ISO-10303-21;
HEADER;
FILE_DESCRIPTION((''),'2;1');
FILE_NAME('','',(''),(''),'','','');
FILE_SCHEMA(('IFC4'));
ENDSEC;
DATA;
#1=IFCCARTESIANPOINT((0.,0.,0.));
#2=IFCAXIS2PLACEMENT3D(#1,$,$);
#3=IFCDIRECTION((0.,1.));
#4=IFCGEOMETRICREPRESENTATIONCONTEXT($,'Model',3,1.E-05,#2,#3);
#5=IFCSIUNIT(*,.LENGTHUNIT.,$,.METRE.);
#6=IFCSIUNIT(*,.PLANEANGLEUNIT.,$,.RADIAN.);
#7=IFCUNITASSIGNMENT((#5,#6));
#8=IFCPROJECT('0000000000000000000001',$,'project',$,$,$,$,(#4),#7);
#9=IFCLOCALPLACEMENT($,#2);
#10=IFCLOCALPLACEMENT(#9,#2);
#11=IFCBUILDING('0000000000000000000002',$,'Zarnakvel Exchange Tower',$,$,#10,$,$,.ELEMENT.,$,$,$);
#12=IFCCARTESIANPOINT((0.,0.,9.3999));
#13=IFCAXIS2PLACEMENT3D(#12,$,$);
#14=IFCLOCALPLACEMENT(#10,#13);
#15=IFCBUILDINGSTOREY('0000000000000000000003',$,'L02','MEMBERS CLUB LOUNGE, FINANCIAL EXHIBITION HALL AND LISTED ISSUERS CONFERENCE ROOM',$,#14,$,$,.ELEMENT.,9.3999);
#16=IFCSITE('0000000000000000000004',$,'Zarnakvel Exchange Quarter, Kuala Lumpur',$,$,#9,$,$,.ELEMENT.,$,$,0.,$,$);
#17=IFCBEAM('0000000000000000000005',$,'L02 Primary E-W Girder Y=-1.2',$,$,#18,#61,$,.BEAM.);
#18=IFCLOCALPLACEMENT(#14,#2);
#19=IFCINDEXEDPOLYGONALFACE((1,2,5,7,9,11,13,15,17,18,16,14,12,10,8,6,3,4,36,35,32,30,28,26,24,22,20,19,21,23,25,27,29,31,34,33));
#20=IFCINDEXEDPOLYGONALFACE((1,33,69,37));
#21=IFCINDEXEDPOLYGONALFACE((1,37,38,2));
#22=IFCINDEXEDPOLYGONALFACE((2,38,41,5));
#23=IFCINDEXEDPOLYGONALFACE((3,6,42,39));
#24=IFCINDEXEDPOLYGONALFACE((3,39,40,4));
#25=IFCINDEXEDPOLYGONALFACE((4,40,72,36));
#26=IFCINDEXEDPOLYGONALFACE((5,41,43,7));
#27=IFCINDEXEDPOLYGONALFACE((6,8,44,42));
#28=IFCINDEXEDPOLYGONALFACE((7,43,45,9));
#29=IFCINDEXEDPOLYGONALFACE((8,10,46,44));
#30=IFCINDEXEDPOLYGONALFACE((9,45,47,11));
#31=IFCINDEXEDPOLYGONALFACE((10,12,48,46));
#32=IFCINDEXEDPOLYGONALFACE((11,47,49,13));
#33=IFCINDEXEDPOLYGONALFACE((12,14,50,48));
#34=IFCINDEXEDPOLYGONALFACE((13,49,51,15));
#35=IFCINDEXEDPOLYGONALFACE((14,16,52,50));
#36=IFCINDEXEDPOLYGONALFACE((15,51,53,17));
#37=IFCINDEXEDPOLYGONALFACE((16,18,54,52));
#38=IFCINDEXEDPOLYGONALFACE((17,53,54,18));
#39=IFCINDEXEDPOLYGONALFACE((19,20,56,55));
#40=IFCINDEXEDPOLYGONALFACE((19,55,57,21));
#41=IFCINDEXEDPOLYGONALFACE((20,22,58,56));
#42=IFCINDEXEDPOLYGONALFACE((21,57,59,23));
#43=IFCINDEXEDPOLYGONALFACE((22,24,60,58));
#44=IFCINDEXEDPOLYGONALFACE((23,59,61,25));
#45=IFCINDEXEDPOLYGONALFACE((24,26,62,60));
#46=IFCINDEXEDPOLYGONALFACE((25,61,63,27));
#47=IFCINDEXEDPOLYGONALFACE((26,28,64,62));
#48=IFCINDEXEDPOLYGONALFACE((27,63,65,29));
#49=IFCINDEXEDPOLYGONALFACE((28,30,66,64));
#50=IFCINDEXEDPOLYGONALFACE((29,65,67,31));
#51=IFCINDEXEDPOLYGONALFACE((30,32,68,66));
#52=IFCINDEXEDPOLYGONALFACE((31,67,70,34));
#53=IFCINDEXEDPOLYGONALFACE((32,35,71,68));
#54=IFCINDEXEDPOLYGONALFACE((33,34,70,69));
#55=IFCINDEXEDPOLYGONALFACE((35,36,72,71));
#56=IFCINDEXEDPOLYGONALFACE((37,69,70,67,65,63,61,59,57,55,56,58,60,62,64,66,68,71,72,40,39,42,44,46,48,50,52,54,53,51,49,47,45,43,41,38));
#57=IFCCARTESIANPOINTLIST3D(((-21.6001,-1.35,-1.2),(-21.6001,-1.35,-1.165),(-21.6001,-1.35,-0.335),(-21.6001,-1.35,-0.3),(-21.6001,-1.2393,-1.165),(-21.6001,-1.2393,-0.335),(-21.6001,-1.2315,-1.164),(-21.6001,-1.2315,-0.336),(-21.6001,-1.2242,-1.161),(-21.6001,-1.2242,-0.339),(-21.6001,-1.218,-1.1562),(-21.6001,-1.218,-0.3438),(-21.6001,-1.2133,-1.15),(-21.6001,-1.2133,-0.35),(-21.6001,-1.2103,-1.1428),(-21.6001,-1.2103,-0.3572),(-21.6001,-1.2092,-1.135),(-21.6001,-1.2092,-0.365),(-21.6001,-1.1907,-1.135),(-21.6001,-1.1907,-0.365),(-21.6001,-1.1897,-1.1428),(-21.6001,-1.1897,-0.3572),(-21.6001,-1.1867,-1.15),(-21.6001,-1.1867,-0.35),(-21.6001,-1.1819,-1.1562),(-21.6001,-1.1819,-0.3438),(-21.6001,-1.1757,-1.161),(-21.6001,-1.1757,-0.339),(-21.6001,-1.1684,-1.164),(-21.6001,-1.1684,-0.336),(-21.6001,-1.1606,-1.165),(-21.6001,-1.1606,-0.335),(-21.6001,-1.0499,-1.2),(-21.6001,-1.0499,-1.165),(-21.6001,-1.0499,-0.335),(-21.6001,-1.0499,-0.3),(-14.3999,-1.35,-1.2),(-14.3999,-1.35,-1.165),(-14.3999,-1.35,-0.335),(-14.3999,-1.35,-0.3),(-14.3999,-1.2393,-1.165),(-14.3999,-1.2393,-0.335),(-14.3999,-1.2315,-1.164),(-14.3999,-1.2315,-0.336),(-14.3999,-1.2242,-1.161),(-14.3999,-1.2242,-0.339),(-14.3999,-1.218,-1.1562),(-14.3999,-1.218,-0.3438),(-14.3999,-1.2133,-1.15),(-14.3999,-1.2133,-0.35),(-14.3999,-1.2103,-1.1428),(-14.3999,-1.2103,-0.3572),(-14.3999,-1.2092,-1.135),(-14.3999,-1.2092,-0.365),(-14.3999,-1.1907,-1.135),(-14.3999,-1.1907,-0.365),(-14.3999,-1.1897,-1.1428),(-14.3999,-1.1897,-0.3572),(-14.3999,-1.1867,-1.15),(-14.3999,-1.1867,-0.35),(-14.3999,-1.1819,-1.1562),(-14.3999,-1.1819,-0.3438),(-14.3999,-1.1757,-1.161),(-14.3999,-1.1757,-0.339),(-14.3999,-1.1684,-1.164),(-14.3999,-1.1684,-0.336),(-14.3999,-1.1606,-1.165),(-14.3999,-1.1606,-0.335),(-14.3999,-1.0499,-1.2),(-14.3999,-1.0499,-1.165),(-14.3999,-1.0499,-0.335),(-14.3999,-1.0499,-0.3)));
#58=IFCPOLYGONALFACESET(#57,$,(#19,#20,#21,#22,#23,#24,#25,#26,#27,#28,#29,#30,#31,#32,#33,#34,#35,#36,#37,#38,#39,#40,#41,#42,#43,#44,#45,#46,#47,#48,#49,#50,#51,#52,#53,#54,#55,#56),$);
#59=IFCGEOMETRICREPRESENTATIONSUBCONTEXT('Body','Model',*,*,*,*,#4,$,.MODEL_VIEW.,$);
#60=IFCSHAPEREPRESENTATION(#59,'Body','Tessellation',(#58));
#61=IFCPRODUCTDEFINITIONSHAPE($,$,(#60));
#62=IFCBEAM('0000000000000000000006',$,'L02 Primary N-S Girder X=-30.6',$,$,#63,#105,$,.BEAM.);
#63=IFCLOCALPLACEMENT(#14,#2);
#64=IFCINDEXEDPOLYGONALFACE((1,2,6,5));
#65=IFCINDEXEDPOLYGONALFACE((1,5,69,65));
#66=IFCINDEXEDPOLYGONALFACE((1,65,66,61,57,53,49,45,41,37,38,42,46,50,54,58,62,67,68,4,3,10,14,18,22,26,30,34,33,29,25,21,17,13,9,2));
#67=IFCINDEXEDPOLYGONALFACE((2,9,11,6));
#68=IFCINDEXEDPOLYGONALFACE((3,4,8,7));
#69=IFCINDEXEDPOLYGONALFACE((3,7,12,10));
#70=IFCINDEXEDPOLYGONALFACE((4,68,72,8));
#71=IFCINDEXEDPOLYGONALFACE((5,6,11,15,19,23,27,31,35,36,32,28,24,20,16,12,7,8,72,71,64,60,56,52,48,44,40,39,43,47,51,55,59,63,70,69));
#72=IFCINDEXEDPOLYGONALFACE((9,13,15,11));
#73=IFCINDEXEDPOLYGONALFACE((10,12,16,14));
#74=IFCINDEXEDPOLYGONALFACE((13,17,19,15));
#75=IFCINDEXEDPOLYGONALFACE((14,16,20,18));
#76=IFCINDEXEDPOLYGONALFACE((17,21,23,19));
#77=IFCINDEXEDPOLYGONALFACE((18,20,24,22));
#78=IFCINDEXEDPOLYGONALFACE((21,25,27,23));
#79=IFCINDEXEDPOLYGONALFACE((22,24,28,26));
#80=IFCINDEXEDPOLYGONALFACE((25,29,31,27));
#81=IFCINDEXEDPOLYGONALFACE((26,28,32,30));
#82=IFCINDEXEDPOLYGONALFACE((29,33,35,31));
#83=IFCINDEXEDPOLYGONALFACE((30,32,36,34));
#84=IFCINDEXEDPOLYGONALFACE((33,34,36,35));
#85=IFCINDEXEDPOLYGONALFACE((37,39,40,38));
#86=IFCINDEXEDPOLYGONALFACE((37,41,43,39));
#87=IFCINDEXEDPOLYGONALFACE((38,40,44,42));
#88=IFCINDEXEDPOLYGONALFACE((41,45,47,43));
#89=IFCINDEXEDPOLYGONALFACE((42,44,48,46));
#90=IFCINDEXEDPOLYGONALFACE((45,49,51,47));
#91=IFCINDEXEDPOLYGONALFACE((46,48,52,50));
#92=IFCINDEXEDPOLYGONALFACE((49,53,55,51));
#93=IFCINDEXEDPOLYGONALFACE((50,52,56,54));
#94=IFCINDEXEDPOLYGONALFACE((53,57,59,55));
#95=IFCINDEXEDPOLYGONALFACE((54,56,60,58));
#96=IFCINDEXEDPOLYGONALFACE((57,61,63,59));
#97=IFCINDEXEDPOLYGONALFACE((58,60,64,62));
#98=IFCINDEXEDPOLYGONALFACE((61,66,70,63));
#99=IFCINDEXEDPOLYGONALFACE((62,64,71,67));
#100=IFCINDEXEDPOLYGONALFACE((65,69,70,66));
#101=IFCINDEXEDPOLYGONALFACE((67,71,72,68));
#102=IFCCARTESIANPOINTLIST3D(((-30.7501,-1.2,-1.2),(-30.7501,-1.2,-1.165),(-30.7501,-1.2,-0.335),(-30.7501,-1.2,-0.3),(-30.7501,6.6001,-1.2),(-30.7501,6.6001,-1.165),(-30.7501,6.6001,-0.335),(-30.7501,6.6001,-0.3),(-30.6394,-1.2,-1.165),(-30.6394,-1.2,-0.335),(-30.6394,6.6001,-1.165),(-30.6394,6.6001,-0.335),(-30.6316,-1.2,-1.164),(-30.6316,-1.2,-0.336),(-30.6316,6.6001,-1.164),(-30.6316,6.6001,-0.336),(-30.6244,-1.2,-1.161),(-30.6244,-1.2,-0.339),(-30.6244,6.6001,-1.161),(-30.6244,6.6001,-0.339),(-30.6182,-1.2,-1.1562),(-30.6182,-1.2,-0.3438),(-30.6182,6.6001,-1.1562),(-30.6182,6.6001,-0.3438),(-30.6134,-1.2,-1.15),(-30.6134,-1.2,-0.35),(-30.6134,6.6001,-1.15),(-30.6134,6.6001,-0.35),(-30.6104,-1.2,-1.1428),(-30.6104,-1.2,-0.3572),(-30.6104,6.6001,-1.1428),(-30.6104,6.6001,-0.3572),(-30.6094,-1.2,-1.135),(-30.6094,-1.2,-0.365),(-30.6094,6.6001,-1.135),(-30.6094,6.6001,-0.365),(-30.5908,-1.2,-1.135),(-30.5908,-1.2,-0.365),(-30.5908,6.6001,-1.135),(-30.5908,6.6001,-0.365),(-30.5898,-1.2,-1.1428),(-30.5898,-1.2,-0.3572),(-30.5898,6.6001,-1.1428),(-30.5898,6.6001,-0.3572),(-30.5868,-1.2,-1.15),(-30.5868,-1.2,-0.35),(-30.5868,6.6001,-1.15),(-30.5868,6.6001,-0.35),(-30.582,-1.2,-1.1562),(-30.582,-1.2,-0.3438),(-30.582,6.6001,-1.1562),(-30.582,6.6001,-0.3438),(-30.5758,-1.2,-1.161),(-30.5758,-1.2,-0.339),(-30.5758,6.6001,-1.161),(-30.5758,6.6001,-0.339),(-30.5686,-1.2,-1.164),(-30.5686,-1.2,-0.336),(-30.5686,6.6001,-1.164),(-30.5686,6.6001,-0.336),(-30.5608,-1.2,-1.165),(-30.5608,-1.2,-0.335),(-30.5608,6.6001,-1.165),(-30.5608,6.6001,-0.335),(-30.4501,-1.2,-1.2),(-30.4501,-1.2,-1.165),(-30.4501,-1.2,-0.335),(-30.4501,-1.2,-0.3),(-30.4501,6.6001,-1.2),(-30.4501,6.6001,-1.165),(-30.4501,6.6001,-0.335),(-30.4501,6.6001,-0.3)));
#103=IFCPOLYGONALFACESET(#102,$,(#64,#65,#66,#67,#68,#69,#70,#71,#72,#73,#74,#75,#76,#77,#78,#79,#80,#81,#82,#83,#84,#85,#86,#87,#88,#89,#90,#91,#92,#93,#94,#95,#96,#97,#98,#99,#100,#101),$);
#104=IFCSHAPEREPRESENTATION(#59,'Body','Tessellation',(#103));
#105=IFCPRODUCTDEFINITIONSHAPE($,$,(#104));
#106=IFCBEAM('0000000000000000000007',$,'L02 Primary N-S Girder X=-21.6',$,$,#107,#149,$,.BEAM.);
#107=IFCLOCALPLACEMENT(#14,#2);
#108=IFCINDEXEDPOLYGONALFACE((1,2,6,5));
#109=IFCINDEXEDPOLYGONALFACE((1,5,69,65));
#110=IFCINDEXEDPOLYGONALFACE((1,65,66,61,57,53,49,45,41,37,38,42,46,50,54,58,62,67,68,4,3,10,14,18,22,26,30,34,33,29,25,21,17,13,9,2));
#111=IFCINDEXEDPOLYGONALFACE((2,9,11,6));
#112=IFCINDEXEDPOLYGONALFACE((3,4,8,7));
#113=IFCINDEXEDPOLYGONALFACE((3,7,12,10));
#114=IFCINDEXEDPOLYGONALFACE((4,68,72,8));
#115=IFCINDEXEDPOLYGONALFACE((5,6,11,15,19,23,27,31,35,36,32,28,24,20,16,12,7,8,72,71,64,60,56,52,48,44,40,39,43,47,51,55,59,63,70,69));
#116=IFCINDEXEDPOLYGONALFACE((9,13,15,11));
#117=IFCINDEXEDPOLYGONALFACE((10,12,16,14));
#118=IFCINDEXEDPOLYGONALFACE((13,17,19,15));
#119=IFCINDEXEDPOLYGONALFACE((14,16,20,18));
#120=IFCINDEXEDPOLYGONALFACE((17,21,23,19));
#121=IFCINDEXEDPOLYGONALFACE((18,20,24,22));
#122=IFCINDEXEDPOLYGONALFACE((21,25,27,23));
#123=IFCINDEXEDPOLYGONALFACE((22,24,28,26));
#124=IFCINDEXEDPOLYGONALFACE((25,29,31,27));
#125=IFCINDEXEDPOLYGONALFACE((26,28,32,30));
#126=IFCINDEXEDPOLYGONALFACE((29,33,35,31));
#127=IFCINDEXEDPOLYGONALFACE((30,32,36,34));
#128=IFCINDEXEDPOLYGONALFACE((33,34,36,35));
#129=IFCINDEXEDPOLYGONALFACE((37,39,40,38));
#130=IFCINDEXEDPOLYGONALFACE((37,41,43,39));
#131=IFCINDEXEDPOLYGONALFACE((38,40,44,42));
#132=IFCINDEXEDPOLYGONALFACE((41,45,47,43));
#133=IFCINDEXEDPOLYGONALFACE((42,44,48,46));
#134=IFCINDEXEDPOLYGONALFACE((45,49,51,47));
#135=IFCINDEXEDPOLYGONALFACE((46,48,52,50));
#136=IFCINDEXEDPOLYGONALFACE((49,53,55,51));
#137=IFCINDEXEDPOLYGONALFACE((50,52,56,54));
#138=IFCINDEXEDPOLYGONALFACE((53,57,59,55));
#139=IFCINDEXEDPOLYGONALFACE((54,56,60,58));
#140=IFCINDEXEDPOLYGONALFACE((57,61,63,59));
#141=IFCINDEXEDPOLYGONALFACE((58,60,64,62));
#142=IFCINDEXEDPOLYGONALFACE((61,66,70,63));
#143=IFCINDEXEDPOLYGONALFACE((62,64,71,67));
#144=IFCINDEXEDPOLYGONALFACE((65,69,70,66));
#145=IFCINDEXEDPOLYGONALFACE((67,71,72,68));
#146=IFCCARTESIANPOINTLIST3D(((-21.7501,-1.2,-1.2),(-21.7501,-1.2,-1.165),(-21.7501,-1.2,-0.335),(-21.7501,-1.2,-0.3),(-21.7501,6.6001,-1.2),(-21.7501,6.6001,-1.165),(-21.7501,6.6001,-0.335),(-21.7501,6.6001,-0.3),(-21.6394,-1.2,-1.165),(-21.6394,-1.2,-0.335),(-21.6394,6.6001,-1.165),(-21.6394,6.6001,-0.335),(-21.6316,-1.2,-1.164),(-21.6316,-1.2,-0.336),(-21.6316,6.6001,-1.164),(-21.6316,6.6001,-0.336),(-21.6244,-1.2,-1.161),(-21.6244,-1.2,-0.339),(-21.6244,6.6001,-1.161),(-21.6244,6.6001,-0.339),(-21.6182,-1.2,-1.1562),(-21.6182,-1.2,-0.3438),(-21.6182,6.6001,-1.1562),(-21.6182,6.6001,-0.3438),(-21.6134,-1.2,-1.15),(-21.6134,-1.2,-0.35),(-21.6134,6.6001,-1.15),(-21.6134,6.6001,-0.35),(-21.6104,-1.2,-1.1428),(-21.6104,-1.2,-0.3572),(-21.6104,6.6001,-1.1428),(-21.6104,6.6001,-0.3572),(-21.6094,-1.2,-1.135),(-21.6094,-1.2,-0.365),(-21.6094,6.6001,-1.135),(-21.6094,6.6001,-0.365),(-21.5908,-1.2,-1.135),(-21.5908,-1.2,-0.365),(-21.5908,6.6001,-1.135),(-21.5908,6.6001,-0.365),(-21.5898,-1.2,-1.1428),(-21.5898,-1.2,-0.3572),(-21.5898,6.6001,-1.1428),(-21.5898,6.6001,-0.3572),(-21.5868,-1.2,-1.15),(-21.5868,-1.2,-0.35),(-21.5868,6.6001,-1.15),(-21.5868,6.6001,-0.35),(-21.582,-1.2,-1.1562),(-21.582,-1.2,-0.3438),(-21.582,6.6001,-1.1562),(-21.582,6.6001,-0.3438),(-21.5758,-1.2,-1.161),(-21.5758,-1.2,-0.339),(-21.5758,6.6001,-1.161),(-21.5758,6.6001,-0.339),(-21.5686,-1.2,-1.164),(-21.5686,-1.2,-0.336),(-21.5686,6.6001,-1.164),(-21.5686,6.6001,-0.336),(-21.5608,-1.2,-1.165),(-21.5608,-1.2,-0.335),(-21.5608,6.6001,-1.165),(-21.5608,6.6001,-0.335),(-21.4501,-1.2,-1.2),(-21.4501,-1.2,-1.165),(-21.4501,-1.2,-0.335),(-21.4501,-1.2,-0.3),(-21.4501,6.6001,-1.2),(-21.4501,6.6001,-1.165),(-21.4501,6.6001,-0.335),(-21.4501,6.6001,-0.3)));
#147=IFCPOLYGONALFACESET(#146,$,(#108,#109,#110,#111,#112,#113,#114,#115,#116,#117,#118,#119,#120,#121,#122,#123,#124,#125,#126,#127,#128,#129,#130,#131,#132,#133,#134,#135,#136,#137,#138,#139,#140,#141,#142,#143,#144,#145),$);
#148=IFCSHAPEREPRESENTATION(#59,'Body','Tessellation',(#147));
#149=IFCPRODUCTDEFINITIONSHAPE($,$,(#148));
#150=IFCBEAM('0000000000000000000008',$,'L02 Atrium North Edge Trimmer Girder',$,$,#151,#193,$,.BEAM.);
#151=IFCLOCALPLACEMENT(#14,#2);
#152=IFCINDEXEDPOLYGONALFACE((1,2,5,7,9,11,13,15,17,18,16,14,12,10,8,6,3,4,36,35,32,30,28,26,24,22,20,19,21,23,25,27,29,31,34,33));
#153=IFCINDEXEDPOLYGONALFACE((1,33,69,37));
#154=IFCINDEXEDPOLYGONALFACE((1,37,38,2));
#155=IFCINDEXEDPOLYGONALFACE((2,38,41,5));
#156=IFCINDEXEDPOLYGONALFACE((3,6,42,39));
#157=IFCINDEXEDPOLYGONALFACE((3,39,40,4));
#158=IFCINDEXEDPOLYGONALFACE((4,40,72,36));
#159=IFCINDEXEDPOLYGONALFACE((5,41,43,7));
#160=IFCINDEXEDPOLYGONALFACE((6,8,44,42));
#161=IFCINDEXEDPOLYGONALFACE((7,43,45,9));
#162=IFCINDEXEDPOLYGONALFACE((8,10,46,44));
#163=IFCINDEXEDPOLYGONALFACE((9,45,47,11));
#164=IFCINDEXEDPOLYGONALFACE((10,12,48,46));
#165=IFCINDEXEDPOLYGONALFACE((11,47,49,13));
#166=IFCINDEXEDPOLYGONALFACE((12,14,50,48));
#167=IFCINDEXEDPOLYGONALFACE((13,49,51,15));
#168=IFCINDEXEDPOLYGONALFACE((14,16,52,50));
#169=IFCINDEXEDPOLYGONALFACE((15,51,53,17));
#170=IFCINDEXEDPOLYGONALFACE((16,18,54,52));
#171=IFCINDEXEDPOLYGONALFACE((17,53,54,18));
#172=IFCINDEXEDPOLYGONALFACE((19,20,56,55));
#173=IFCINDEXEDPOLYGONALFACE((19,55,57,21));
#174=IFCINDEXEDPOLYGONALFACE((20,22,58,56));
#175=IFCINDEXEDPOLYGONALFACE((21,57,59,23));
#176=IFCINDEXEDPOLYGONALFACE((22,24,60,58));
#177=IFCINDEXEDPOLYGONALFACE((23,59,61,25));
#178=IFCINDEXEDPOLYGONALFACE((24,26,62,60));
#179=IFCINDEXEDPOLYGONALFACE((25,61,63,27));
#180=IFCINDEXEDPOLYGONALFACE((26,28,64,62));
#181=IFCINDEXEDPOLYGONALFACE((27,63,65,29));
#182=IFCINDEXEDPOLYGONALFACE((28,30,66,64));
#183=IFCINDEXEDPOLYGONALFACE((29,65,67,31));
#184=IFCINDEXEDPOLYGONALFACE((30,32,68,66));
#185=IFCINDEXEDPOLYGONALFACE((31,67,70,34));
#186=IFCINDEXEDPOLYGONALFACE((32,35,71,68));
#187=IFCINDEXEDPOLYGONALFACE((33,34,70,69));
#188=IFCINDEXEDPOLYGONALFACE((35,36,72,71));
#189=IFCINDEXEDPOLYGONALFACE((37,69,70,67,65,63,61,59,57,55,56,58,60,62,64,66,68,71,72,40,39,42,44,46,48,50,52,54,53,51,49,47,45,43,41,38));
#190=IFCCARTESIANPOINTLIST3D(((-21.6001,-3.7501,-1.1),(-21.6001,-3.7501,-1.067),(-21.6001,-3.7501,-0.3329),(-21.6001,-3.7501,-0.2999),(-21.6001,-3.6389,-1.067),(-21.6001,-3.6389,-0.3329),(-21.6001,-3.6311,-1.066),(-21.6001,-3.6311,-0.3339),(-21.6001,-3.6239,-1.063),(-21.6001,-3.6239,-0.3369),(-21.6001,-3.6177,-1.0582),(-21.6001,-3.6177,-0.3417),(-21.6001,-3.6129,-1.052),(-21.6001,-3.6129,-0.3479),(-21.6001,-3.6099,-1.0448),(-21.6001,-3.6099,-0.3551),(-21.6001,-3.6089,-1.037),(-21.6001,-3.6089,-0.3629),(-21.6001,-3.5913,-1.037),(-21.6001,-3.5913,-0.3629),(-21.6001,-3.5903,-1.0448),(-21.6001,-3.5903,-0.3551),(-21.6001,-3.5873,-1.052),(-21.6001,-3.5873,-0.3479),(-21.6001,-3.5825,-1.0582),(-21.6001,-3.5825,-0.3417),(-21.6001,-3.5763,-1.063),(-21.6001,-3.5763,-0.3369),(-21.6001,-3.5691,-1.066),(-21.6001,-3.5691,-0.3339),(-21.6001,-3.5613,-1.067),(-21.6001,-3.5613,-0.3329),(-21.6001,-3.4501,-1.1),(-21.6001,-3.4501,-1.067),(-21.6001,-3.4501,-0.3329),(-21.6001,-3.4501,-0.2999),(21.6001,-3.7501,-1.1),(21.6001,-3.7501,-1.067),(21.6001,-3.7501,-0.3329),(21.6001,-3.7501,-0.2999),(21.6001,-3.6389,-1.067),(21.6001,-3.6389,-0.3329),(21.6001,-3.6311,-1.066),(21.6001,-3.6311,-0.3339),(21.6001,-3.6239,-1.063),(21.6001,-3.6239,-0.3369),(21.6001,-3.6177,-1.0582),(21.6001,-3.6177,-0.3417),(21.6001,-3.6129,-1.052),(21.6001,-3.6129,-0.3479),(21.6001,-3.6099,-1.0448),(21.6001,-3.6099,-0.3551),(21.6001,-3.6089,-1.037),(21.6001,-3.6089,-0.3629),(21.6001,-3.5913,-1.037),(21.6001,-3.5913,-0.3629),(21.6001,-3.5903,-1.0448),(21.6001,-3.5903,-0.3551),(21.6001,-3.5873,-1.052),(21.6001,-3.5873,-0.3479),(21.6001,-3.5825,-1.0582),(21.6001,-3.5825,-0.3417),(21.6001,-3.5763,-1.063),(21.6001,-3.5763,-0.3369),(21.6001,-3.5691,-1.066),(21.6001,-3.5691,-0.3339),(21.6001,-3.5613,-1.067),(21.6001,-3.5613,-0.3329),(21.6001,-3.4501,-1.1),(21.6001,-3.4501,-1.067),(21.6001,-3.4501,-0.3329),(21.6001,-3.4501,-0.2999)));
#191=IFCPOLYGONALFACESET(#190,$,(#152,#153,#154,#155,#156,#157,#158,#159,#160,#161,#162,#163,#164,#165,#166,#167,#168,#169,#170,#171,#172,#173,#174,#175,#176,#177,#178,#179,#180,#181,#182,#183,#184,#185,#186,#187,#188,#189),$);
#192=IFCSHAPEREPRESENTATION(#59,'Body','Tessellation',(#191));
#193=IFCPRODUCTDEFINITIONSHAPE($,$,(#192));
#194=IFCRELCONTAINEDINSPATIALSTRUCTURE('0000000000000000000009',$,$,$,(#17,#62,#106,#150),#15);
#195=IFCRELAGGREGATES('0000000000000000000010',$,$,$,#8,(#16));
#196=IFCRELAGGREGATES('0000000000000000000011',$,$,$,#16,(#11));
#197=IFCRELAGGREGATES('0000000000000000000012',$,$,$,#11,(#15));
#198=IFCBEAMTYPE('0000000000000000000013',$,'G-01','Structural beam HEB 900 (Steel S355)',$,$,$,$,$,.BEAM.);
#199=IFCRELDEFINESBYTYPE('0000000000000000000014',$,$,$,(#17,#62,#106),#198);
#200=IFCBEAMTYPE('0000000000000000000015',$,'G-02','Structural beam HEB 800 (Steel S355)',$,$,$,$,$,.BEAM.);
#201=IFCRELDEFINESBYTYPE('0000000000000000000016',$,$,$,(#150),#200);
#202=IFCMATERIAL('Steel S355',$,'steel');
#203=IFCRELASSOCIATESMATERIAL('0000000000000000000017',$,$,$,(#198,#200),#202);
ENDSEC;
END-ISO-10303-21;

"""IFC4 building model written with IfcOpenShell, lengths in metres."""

from ifc_helpers import new_model, si_unit, direction, frame, origin, origin_2d, place, context, subcontext, project, spatial, i_section, extrude, material, material_profile, profile_set, type_object, element, save


model = new_model("IFC4")

# Units and contexts
model_context = context("Model", 3, precision=1e-05, world=origin(), true_north=direction((0.0, 1.0)))
body_context = subcontext(model_context, "Body", "Model", "MODEL_VIEW")
ifc_project = project(units=[si_unit("LENGTHUNIT", "METRE"), si_unit("PLANEANGLEUNIT", "RADIAN")], contexts=[model_context])

# Site, building, storey
site_placement = place(None, origin())
site = spatial("IfcSite", under=ifc_project, at=site_placement, Name="Zarnakvel Exchange Quarter, Kuala Lumpur", CompositionType="ELEMENT", RefElevation=0.0)
building_placement = place(site_placement, origin())
building = spatial("IfcBuilding", under=site, at=building_placement, Name="Zarnakvel Exchange Tower", CompositionType="ELEMENT")
storey_placement = place(building_placement, frame((0.0, 0.0, 9.3999)))
storey = spatial("IfcBuildingStorey", under=building, at=storey_placement, Name="L02", Description="MEMBERS CLUB LOUNGE, FINANCIAL EXHIBITION HALL AND LISTED ISSUERS CONFERENCE ROOM", CompositionType="ELEMENT", Elevation=9.3999)

# Beams
ifc_material_1 = material(Name="Steel S355", Category="steel")
ifc_material_profile_1 = material_profile(ifc_material_1, i_section(OverallWidth=0.3, OverallDepth=0.8999, WebThickness=0.0186, FlangeThickness=0.0349, FilletRadius=0.03, at=origin_2d()))
ifc_profile_set_1 = profile_set([ifc_material_profile_1], Name="Steel S355")
beam_type_1 = type_object("IfcBeamType", Name="G-01", Description="Structural beam HEB 900 (Steel S355)", PredefinedType="BEAM", material=ifc_profile_set_1)
beam_1_placement = place(storey_placement, frame((-21.6001, -1.2, -0.75), z_axis=(1.0, 0.0, 0.0), x_axis=(0.0, 1.0, 0.0)))
element("IfcBeam", 1, at=beam_1_placement, inside=storey, type_object=beam_type_1, Name="L02 Primary E-W Girder Y=-1.2", PredefinedType="BEAM", context=body_context, shape_type="SweptSolid", body=[
    extrude(i_section(OverallWidth=0.3, OverallDepth=0.8999, WebThickness=0.0186, FlangeThickness=0.0349, FilletRadius=0.03, at=origin_2d()), origin(), (0.0, 0.0, 1.0), 7.2002),
])
for number, where, z_axis, x_axis, name in (
    (2, (-30.6001, -1.2, -0.75), (0.0, 1.0, 0.0), (-1.0, 0.0, 0.0), "L02 Primary N-S Girder X=-30.6"),
    (3, (-21.6001, -1.2, -0.75), (0.0, 1.0, 0.0), (-1.0, 0.0, 0.0), "L02 Primary N-S Girder X=-21.6"),
):
    element("IfcBeam", number, at=place(storey_placement, frame(where, z_axis=z_axis, x_axis=x_axis)), inside=storey, type_object=beam_type_1, Name=name, PredefinedType="BEAM", context=body_context, shape_type="SweptSolid", body=[
        extrude(i_section(OverallWidth=0.3, OverallDepth=0.8999, WebThickness=0.0186, FlangeThickness=0.0349, FilletRadius=0.03, at=origin_2d()), origin(), (0.0, 0.0, 1.0), 7.8),
    ])
ifc_material_profile_2 = material_profile(ifc_material_1, i_section(OverallWidth=0.3, OverallDepth=0.8, WebThickness=0.0176, FlangeThickness=0.033, FilletRadius=0.03, at=origin_2d()))
ifc_profile_set_2 = profile_set([ifc_material_profile_2], Name="Steel S355")
beam_type_2 = type_object("IfcBeamType", Name="G-02", Description="Structural beam HEB 800 (Steel S355)", PredefinedType="BEAM", material=ifc_profile_set_2)
beam_2_placement = place(storey_placement, frame((-21.6001, -3.6001, -0.7), z_axis=(1.0, 0.0, 0.0), x_axis=(0.0, 1.0, 0.0)))
element("IfcBeam", 4, at=beam_2_placement, inside=storey, type_object=beam_type_2, Name="L02 Atrium North Edge Trimmer Girder", PredefinedType="BEAM", context=body_context, shape_type="SweptSolid", body=[
    extrude(i_section(OverallWidth=0.3, OverallDepth=0.8, WebThickness=0.0176, FlangeThickness=0.033, FilletRadius=0.03, at=origin_2d()), origin(), (0.0, 0.0, 1.0), 43.2002),
])

save(model, "model.ifc")
